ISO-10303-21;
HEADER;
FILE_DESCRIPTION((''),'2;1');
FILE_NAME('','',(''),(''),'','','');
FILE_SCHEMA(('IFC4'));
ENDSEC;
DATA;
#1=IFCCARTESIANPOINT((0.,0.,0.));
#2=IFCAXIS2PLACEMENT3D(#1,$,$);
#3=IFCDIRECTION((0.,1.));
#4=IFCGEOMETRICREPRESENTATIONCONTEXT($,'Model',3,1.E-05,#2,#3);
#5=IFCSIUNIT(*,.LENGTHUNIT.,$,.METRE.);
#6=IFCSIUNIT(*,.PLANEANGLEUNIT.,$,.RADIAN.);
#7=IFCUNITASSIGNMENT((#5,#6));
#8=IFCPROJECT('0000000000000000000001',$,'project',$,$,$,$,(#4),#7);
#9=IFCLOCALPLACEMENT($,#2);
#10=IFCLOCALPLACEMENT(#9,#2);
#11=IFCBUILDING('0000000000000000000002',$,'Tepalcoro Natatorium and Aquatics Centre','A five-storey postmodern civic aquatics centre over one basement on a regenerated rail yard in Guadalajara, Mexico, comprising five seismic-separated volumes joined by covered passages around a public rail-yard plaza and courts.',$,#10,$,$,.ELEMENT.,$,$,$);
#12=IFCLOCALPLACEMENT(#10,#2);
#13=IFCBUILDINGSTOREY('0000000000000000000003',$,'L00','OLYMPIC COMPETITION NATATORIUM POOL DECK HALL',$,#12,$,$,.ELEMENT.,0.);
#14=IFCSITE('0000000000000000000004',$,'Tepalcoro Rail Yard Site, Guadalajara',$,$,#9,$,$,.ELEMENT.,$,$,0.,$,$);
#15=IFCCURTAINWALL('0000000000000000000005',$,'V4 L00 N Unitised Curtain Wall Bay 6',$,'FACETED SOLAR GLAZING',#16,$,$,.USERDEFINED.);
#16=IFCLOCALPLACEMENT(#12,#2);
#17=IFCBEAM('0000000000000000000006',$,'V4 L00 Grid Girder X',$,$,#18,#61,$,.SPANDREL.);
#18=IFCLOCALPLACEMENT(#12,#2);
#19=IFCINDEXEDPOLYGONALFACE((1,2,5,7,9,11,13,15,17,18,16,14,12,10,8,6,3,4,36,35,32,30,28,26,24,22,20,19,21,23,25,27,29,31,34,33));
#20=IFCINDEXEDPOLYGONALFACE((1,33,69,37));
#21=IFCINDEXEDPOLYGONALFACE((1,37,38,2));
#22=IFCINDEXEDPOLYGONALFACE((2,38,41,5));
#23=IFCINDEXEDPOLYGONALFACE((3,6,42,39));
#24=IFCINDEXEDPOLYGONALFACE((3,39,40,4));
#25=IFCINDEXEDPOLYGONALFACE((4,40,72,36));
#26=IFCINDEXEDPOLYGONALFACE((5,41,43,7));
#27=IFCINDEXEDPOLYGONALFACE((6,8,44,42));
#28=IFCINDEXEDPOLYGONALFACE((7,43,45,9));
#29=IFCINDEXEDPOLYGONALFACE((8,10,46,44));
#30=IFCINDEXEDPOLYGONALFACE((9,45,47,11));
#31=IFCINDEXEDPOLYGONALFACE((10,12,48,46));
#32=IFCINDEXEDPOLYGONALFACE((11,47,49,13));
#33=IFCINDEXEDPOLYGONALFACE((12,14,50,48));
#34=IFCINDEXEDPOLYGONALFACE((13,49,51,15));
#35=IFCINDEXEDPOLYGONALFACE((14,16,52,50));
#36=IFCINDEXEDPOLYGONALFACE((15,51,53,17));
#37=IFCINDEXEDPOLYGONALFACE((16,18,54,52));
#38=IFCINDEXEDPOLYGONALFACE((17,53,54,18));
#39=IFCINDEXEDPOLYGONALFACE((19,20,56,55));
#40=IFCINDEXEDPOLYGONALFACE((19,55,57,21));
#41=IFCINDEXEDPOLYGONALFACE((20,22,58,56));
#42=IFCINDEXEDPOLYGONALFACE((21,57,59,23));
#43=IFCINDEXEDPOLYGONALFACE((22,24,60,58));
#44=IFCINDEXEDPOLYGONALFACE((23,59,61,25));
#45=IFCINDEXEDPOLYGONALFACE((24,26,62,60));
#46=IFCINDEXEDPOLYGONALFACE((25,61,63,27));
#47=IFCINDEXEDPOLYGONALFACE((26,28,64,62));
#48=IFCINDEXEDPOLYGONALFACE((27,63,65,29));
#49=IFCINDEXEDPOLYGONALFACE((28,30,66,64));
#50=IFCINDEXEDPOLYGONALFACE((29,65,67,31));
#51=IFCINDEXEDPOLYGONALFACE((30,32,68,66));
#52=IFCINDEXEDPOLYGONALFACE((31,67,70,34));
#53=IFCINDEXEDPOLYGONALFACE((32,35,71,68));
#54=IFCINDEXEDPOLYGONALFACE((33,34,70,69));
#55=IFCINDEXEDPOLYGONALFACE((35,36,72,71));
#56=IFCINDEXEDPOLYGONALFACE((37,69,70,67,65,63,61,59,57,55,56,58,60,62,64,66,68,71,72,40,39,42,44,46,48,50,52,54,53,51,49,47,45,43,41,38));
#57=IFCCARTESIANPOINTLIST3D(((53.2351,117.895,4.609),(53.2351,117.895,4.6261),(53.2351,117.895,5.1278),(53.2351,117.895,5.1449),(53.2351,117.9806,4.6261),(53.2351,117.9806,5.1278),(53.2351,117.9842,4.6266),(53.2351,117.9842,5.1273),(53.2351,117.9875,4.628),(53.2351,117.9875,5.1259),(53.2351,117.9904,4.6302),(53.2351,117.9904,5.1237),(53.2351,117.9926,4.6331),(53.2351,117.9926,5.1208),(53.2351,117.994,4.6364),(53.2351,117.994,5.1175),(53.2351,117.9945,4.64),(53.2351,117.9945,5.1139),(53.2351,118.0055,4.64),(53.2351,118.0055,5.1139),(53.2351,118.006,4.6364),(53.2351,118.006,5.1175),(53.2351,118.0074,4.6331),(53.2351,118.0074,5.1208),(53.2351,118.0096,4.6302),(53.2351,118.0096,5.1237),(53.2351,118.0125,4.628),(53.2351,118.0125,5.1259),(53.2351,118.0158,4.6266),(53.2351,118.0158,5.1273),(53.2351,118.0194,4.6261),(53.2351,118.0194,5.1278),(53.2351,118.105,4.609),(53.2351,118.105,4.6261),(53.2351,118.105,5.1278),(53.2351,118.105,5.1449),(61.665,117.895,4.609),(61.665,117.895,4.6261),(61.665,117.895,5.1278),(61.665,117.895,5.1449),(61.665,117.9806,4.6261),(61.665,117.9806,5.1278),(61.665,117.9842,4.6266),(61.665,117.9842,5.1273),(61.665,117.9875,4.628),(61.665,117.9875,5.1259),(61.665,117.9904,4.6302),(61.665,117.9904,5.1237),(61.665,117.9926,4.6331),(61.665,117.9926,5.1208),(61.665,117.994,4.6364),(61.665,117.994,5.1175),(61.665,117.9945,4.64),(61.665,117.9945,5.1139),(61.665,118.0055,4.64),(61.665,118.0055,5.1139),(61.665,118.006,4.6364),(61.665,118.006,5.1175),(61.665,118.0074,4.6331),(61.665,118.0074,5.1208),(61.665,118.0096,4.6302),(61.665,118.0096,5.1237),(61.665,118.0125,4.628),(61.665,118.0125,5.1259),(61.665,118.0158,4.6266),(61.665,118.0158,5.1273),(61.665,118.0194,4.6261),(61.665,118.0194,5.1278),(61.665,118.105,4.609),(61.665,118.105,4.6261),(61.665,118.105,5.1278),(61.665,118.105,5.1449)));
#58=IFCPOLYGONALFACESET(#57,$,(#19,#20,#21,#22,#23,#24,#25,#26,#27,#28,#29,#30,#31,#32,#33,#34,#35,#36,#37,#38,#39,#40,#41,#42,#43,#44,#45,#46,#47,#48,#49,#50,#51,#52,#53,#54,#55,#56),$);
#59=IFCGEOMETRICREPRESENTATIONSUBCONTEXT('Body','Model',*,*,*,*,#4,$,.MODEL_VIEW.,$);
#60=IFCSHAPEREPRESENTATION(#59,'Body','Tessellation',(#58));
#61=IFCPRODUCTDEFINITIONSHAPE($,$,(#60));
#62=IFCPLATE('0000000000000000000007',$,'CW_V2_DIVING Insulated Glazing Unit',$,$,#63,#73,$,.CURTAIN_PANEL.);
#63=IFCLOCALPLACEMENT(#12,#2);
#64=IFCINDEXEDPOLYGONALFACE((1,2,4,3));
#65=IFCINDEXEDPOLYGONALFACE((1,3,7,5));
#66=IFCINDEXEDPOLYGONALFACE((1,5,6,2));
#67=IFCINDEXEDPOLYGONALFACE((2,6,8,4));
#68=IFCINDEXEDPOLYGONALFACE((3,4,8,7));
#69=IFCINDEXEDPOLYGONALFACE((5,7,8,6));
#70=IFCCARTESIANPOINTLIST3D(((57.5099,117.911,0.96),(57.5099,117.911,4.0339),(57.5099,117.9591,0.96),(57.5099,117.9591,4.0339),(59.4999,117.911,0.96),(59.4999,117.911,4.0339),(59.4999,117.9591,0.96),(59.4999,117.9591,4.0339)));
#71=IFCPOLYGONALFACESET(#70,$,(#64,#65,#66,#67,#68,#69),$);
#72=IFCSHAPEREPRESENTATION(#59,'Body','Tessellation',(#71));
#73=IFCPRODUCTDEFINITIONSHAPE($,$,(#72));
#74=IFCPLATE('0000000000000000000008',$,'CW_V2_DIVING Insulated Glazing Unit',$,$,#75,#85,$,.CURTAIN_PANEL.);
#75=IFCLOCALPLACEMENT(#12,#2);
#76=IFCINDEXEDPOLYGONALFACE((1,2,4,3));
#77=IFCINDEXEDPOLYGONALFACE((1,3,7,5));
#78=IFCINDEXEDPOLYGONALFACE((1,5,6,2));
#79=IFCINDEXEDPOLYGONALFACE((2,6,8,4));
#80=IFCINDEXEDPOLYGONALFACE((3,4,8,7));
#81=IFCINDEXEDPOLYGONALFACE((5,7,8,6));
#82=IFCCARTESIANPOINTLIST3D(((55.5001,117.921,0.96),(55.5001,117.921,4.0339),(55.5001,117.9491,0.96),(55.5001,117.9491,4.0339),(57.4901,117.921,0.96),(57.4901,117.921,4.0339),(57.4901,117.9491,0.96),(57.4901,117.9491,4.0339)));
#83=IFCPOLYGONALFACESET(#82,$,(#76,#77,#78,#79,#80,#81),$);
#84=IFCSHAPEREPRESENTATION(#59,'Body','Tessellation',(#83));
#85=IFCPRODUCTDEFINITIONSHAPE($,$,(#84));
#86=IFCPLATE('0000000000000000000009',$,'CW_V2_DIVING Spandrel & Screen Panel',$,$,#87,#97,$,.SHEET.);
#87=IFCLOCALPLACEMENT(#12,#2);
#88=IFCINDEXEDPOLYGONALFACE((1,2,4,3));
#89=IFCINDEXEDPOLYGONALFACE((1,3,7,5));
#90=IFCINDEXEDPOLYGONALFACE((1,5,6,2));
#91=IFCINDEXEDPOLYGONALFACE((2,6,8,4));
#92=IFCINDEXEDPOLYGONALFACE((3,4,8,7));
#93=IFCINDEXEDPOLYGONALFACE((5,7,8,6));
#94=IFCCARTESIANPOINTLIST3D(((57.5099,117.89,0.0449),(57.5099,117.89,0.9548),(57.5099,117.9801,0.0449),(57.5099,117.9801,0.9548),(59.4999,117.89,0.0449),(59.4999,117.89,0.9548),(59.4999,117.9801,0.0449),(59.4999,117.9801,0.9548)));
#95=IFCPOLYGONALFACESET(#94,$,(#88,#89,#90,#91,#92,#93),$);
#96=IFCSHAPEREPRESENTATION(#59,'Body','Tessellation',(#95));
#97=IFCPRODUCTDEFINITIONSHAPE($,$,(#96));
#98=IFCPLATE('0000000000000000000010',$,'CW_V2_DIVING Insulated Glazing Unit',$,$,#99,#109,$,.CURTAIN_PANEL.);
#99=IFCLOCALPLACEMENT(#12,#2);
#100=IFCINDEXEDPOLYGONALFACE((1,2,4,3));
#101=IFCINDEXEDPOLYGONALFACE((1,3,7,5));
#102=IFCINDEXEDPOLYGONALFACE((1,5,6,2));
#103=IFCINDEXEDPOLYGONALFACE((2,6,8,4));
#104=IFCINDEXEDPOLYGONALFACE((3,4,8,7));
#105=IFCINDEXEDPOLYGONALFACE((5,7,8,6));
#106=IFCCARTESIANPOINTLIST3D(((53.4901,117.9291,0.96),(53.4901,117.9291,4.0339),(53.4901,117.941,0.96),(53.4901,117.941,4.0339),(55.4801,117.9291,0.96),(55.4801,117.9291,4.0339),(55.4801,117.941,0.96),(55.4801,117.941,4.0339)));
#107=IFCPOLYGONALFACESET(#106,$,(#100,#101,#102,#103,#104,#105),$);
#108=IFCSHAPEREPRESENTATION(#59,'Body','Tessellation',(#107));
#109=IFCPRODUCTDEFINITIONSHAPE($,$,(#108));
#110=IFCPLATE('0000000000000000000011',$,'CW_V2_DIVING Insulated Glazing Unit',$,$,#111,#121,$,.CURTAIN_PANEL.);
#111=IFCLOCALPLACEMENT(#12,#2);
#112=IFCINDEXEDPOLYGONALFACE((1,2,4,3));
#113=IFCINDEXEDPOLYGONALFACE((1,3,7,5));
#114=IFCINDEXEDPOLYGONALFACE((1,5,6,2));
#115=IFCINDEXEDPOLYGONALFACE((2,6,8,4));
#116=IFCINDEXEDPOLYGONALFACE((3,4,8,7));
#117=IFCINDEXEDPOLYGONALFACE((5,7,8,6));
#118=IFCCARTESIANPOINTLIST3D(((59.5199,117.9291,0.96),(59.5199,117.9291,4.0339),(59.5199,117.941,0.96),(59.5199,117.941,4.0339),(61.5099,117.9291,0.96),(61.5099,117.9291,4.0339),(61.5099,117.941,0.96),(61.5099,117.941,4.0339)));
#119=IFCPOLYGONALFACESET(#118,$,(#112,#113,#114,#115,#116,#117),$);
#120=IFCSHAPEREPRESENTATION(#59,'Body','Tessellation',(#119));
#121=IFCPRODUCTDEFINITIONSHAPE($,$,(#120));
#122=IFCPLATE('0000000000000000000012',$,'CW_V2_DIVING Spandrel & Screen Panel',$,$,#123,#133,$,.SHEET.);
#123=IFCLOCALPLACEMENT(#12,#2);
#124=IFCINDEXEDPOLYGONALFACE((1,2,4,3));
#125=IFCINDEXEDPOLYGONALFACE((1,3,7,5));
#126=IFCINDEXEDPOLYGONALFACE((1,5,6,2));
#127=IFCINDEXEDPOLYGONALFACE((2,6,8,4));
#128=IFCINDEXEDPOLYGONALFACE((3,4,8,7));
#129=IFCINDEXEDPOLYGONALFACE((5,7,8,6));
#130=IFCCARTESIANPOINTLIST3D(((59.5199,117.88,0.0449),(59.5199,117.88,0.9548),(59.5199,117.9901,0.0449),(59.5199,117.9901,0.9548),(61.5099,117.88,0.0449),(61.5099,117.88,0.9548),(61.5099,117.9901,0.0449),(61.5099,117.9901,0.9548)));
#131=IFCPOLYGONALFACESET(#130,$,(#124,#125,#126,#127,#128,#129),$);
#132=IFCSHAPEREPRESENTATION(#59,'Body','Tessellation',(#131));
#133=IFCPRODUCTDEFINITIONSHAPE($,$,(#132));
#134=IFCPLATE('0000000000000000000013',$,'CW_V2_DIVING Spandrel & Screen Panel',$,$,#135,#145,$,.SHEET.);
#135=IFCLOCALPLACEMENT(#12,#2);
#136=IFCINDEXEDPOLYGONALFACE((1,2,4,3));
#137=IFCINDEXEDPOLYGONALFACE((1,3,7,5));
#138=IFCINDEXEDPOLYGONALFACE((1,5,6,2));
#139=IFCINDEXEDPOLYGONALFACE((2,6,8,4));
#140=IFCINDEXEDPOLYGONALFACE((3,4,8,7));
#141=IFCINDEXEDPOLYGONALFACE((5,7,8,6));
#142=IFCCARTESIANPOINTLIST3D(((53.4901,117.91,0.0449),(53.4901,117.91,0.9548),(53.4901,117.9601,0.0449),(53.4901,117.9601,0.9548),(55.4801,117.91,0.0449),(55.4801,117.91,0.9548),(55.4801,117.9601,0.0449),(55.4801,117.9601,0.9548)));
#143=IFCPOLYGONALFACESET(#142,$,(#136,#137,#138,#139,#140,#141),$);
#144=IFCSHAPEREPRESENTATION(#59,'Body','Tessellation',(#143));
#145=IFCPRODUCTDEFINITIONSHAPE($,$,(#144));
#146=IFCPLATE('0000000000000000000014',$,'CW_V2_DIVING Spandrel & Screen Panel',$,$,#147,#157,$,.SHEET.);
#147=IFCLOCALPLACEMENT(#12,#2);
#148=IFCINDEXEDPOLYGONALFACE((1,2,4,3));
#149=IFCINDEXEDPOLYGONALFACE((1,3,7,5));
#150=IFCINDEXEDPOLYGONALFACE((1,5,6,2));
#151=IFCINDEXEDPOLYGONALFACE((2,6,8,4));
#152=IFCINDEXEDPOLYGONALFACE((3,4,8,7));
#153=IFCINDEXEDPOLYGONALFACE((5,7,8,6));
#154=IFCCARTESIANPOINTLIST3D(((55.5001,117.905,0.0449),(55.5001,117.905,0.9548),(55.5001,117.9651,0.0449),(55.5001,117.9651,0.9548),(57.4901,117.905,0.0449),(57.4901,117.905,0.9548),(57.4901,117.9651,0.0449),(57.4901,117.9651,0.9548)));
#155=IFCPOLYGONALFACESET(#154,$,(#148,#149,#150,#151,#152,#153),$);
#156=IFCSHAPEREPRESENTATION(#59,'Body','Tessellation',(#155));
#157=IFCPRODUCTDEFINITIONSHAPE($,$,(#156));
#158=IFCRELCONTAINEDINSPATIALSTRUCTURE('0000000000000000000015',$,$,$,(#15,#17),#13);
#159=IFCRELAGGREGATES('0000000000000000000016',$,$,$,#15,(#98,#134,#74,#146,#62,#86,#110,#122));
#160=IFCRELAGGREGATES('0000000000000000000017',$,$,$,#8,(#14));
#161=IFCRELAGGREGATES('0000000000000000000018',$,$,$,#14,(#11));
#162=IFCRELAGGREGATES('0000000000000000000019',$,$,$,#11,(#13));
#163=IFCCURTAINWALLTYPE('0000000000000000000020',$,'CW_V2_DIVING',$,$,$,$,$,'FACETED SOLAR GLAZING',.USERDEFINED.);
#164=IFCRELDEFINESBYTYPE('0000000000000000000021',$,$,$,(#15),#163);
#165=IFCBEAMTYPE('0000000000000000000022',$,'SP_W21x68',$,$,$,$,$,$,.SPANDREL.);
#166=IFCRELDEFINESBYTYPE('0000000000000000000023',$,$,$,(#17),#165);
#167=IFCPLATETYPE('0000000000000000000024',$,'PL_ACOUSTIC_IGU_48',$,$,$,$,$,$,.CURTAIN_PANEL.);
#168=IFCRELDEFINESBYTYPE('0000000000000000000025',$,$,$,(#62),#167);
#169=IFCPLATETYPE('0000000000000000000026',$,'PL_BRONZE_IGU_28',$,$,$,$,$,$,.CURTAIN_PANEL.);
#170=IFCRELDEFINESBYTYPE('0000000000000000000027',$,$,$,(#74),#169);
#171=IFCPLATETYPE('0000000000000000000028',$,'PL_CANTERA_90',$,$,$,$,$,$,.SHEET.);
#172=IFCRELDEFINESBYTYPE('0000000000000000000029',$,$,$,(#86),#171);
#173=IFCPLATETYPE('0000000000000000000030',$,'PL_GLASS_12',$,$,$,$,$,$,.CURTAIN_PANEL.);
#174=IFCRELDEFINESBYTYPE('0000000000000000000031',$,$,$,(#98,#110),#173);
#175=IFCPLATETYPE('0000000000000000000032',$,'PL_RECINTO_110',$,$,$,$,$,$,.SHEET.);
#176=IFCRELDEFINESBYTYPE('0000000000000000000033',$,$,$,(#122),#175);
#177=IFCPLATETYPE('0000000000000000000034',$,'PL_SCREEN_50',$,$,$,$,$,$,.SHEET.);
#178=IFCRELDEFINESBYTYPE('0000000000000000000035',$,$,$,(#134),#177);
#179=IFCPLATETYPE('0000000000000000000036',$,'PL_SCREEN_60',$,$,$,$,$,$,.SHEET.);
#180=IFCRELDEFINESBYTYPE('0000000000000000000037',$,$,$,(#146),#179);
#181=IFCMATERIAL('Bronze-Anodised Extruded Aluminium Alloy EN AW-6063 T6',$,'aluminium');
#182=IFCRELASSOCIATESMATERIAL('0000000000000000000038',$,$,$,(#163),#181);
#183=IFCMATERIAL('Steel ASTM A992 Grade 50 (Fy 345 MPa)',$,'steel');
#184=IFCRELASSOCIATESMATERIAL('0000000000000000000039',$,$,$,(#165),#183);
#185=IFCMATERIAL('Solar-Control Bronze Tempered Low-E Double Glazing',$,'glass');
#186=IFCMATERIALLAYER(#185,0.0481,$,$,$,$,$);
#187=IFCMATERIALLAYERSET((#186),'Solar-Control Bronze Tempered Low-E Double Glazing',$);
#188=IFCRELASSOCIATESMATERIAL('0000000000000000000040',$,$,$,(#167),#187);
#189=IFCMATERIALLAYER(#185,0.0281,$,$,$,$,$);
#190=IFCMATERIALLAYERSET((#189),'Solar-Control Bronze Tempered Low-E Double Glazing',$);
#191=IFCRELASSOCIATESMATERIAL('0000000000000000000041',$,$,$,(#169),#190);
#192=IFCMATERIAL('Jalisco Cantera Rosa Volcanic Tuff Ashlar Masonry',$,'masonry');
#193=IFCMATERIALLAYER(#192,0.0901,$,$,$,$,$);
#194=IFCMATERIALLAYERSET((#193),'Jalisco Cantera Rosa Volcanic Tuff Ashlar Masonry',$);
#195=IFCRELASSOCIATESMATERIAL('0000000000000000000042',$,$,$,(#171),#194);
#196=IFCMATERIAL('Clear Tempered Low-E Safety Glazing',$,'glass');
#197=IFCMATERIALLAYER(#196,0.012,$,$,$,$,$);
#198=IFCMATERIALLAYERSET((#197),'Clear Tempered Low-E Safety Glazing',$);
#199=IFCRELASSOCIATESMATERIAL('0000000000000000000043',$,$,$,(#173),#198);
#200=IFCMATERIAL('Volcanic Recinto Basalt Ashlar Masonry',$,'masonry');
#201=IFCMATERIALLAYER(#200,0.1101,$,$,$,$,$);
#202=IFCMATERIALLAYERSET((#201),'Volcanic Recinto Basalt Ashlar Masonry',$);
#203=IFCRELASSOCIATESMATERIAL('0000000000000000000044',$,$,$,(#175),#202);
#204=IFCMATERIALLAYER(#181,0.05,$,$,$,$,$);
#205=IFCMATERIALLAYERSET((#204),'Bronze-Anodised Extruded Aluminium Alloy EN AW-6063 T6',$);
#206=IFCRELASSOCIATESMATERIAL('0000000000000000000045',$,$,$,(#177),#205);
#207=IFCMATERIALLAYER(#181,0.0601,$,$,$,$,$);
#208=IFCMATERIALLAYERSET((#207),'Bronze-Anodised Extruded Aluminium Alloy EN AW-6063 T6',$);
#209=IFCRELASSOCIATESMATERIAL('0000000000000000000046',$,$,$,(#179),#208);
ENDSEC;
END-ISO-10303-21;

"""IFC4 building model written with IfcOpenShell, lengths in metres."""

from ifc_helpers import new_model, si_unit, direction, frame, origin, origin_2d, place, context, subcontext, project, spatial, rectangle, i_section, extrude, material, layer, layer_set, material_profile, profile_set, type_object, element, aggregate, save


model = new_model("IFC4")

# Units and contexts
model_context = context("Model", 3, precision=1e-05, world=origin(), true_north=direction((0.0, 1.0)))
body_context = subcontext(model_context, "Body", "Model", "MODEL_VIEW")
ifc_project = project(units=[si_unit("LENGTHUNIT", "METRE"), si_unit("PLANEANGLEUNIT", "RADIAN")], contexts=[model_context])

# Site, building, storey
site_placement = place(None, origin())
site = spatial("IfcSite", under=ifc_project, at=site_placement, Name="Tepalcoro Rail Yard Site, Guadalajara", CompositionType="ELEMENT", RefElevation=0.0)
building_placement = place(site_placement, origin())
building = spatial("IfcBuilding", under=site, at=building_placement, Name="Tepalcoro Natatorium and Aquatics Centre", Description="A five-storey postmodern civic aquatics centre over one basement on a regenerated rail yard in Guadalajara, Mexico, comprising five seismic-separated volumes joined by covered passages around a public rail-yard plaza and courts.", CompositionType="ELEMENT")
storey_placement = place(building_placement, origin())
storey = spatial("IfcBuildingStorey", under=building, at=storey_placement, Name="L00", Description="OLYMPIC COMPETITION NATATORIUM POOL DECK HALL", CompositionType="ELEMENT", Elevation=0.0)

# Shared definitions
ifc_material_1 = material(Name="Steel ASTM A992 Grade 50 (Fy 345 MPa)", Category="steel")

# Curtain wall
ifc_material_2 = material(Name="Bronze-Anodised Extruded Aluminium Alloy EN AW-6063 T6", Category="aluminium")
curtain_wall_type = type_object("IfcCurtainWallType", Name="CW_V2_DIVING", ElementType="FACETED SOLAR GLAZING", PredefinedType="USERDEFINED", material=ifc_material_2)
curtain_wall_placement = place(storey_placement, origin())
curtain_wall = element("IfcCurtainWall", 1, at=curtain_wall_placement, inside=storey, type_object=curtain_wall_type, Name="V4 L00 N Unitised Curtain Wall Bay 6", ObjectType="FACETED SOLAR GLAZING", PredefinedType="USERDEFINED")

# Beam
ifc_material_profile_1 = material_profile(ifc_material_1, i_section(OverallWidth=0.21, OverallDepth=0.5359, WebThickness=0.011, FlangeThickness=0.0171, FilletRadius=0.0139, at=origin_2d()), Name="W21X68")
ifc_profile_set_1 = profile_set([ifc_material_profile_1], Name="Steel ASTM A992 Grade 50 (Fy 345 MPa)")
beam_type_1 = type_object("IfcBeamType", Name="SP_W21x68", PredefinedType="SPANDREL", material=ifc_profile_set_1)
beam_1_placement = place(storey_placement, frame((53.2351, 118.0, 4.877), z_axis=(1.0, 0.0, 0.0), x_axis=(0.0, 1.0, 0.0)))
element("IfcBeam", 2, at=beam_1_placement, inside=storey, type_object=beam_type_1, Name="V4 L00 Grid Girder X", PredefinedType="SPANDREL", context=body_context, shape_type="SweptSolid", body=[
    extrude(i_section(OverallWidth=0.21, OverallDepth=0.5359, WebThickness=0.011, FlangeThickness=0.0171, FilletRadius=0.0139, at=origin_2d()), origin(), (0.0, 0.0, 1.0), 8.4299),
])

# Plates
ifc_material_3 = material(Name="Solar-Control Bronze Tempered Low-E Double Glazing", Category="glass")
ifc_layer_1 = layer(ifc_material_3, 0.0481)
ifc_layer_set_1 = layer_set([ifc_layer_1], Name="Solar-Control Bronze Tempered Low-E Double Glazing")
plate_type_1 = type_object("IfcPlateType", Name="PL_ACOUSTIC_IGU_48", PredefinedType="CURTAIN_PANEL", material=ifc_layer_set_1)
plate_1_placement = place(storey_placement, frame((58.5049, 117.9351, 0.96), z_axis=(0.0, 0.0, 1.0), x_axis=(1.0, 0.0, 0.0)))
plate_1 = element("IfcPlate", 3, at=plate_1_placement, type_object=plate_type_1, Name="CW_V2_DIVING Insulated Glazing Unit", PredefinedType="CURTAIN_PANEL", context=body_context, shape_type="SweptSolid", body=[
    extrude(rectangle(XDim=1.99, YDim=0.0481, at=origin_2d()), origin(), (0.0, 0.0, 1.0), 3.074),
])
ifc_layer_2 = layer(ifc_material_3, 0.0281)
ifc_layer_set_2 = layer_set([ifc_layer_2], Name="Solar-Control Bronze Tempered Low-E Double Glazing")
plate_type_2 = type_object("IfcPlateType", Name="PL_BRONZE_IGU_28", PredefinedType="CURTAIN_PANEL", material=ifc_layer_set_2)
plate_2_placement = place(storey_placement, frame((56.4951, 117.9351, 0.96), z_axis=(0.0, 0.0, 1.0), x_axis=(1.0, 0.0, 0.0)))
plate_2 = element("IfcPlate", 4, at=plate_2_placement, type_object=plate_type_2, Name="CW_V2_DIVING Insulated Glazing Unit", PredefinedType="CURTAIN_PANEL", context=body_context, shape_type="SweptSolid", body=[
    extrude(rectangle(XDim=1.99, YDim=0.0281, at=origin_2d()), origin(), (0.0, 0.0, 1.0), 3.074),
])
ifc_material_4 = material(Name="Jalisco Cantera Rosa Volcanic Tuff Ashlar Masonry", Category="masonry")
ifc_layer_3 = layer(ifc_material_4, 0.0901)
ifc_layer_set_3 = layer_set([ifc_layer_3], Name="Jalisco Cantera Rosa Volcanic Tuff Ashlar Masonry")
plate_type_3 = type_object("IfcPlateType", Name="PL_CANTERA_90", PredefinedType="SHEET", material=ifc_layer_set_3)
plate_3_placement = place(storey_placement, frame((58.5049, 117.9351, 0.0449), z_axis=(0.0, 0.0, 1.0), x_axis=(1.0, 0.0, 0.0)))
plate_3 = element("IfcPlate", 5, at=plate_3_placement, type_object=plate_type_3, Name="CW_V2_DIVING Spandrel & Screen Panel", PredefinedType="SHEET", context=body_context, shape_type="SweptSolid", body=[
    extrude(rectangle(XDim=1.99, YDim=0.0901, at=origin_2d()), origin(), (0.0, 0.0, 1.0), 0.9099),
])
ifc_material_5 = material(Name="Clear Tempered Low-E Safety Glazing", Category="glass")
ifc_layer_4 = layer(ifc_material_5, 0.012)
ifc_layer_set_4 = layer_set([ifc_layer_4], Name="Clear Tempered Low-E Safety Glazing")
plate_type_4 = type_object("IfcPlateType", Name="PL_GLASS_12", PredefinedType="CURTAIN_PANEL", material=ifc_layer_set_4)
plate_4_placement = place(storey_placement, frame((54.4851, 117.9351, 0.96), z_axis=(0.0, 0.0, 1.0), x_axis=(1.0, 0.0, 0.0)))
plate_4 = element("IfcPlate", 6, at=plate_4_placement, type_object=plate_type_4, Name="CW_V2_DIVING Insulated Glazing Unit", PredefinedType="CURTAIN_PANEL", context=body_context, shape_type="SweptSolid", body=[
    extrude(rectangle(XDim=1.99, YDim=0.012, at=origin_2d()), origin(), (0.0, 0.0, 1.0), 3.074),
])
plate_5_placement = place(storey_placement, frame((60.5149, 117.9351, 0.96), z_axis=(0.0, 0.0, 1.0), x_axis=(1.0, 0.0, 0.0)))
plate_5 = element("IfcPlate", 7, at=plate_5_placement, type_object=plate_type_4, Name="CW_V2_DIVING Insulated Glazing Unit", PredefinedType="CURTAIN_PANEL", context=body_context, shape_type="SweptSolid", body=[
    extrude(rectangle(XDim=1.99, YDim=0.012, at=origin_2d()), origin(), (0.0, 0.0, 1.0), 3.074),
])
ifc_material_6 = material(Name="Volcanic Recinto Basalt Ashlar Masonry", Category="masonry")
ifc_layer_5 = layer(ifc_material_6, 0.1101)
ifc_layer_set_5 = layer_set([ifc_layer_5], Name="Volcanic Recinto Basalt Ashlar Masonry")
plate_type_5 = type_object("IfcPlateType", Name="PL_RECINTO_110", PredefinedType="SHEET", material=ifc_layer_set_5)
plate_6_placement = place(storey_placement, frame((60.5149, 117.9351, 0.0449), z_axis=(0.0, 0.0, 1.0), x_axis=(1.0, 0.0, 0.0)))
plate_6 = element("IfcPlate", 8, at=plate_6_placement, type_object=plate_type_5, Name="CW_V2_DIVING Spandrel & Screen Panel", PredefinedType="SHEET", context=body_context, shape_type="SweptSolid", body=[
    extrude(rectangle(XDim=1.99, YDim=0.1101, at=origin_2d()), origin(), (0.0, 0.0, 1.0), 0.9099),
])
ifc_layer_6 = layer(ifc_material_2, 0.05)
ifc_layer_set_6 = layer_set([ifc_layer_6], Name="Bronze-Anodised Extruded Aluminium Alloy EN AW-6063 T6")
plate_type_6 = type_object("IfcPlateType", Name="PL_SCREEN_50", PredefinedType="SHEET", material=ifc_layer_set_6)
plate_7_placement = place(storey_placement, frame((54.4851, 117.9351, 0.0449), z_axis=(0.0, 0.0, 1.0), x_axis=(1.0, 0.0, 0.0)))
plate_7 = element("IfcPlate", 9, at=plate_7_placement, type_object=plate_type_6, Name="CW_V2_DIVING Spandrel & Screen Panel", PredefinedType="SHEET", context=body_context, shape_type="SweptSolid", body=[
    extrude(rectangle(XDim=1.99, YDim=0.05, at=origin_2d()), origin(), (0.0, 0.0, 1.0), 0.9099),
])
ifc_layer_7 = layer(ifc_material_2, 0.0601)
ifc_layer_set_7 = layer_set([ifc_layer_7], Name="Bronze-Anodised Extruded Aluminium Alloy EN AW-6063 T6")
plate_type_7 = type_object("IfcPlateType", Name="PL_SCREEN_60", PredefinedType="SHEET", material=ifc_layer_set_7)
plate_8_placement = place(storey_placement, frame((56.4951, 117.9351, 0.0449), z_axis=(0.0, 0.0, 1.0), x_axis=(1.0, 0.0, 0.0)))
plate_8 = element("IfcPlate", 10, at=plate_8_placement, type_object=plate_type_7, Name="CW_V2_DIVING Spandrel & Screen Panel", PredefinedType="SHEET", context=body_context, shape_type="SweptSolid", body=[
    extrude(rectangle(XDim=1.99, YDim=0.0601, at=origin_2d()), origin(), (0.0, 0.0, 1.0), 0.9099),
])
aggregate(curtain_wall, [plate_4, plate_7, plate_2, plate_8, plate_1, plate_3, plate_5, plate_6])

save(model, "model.ifc")
